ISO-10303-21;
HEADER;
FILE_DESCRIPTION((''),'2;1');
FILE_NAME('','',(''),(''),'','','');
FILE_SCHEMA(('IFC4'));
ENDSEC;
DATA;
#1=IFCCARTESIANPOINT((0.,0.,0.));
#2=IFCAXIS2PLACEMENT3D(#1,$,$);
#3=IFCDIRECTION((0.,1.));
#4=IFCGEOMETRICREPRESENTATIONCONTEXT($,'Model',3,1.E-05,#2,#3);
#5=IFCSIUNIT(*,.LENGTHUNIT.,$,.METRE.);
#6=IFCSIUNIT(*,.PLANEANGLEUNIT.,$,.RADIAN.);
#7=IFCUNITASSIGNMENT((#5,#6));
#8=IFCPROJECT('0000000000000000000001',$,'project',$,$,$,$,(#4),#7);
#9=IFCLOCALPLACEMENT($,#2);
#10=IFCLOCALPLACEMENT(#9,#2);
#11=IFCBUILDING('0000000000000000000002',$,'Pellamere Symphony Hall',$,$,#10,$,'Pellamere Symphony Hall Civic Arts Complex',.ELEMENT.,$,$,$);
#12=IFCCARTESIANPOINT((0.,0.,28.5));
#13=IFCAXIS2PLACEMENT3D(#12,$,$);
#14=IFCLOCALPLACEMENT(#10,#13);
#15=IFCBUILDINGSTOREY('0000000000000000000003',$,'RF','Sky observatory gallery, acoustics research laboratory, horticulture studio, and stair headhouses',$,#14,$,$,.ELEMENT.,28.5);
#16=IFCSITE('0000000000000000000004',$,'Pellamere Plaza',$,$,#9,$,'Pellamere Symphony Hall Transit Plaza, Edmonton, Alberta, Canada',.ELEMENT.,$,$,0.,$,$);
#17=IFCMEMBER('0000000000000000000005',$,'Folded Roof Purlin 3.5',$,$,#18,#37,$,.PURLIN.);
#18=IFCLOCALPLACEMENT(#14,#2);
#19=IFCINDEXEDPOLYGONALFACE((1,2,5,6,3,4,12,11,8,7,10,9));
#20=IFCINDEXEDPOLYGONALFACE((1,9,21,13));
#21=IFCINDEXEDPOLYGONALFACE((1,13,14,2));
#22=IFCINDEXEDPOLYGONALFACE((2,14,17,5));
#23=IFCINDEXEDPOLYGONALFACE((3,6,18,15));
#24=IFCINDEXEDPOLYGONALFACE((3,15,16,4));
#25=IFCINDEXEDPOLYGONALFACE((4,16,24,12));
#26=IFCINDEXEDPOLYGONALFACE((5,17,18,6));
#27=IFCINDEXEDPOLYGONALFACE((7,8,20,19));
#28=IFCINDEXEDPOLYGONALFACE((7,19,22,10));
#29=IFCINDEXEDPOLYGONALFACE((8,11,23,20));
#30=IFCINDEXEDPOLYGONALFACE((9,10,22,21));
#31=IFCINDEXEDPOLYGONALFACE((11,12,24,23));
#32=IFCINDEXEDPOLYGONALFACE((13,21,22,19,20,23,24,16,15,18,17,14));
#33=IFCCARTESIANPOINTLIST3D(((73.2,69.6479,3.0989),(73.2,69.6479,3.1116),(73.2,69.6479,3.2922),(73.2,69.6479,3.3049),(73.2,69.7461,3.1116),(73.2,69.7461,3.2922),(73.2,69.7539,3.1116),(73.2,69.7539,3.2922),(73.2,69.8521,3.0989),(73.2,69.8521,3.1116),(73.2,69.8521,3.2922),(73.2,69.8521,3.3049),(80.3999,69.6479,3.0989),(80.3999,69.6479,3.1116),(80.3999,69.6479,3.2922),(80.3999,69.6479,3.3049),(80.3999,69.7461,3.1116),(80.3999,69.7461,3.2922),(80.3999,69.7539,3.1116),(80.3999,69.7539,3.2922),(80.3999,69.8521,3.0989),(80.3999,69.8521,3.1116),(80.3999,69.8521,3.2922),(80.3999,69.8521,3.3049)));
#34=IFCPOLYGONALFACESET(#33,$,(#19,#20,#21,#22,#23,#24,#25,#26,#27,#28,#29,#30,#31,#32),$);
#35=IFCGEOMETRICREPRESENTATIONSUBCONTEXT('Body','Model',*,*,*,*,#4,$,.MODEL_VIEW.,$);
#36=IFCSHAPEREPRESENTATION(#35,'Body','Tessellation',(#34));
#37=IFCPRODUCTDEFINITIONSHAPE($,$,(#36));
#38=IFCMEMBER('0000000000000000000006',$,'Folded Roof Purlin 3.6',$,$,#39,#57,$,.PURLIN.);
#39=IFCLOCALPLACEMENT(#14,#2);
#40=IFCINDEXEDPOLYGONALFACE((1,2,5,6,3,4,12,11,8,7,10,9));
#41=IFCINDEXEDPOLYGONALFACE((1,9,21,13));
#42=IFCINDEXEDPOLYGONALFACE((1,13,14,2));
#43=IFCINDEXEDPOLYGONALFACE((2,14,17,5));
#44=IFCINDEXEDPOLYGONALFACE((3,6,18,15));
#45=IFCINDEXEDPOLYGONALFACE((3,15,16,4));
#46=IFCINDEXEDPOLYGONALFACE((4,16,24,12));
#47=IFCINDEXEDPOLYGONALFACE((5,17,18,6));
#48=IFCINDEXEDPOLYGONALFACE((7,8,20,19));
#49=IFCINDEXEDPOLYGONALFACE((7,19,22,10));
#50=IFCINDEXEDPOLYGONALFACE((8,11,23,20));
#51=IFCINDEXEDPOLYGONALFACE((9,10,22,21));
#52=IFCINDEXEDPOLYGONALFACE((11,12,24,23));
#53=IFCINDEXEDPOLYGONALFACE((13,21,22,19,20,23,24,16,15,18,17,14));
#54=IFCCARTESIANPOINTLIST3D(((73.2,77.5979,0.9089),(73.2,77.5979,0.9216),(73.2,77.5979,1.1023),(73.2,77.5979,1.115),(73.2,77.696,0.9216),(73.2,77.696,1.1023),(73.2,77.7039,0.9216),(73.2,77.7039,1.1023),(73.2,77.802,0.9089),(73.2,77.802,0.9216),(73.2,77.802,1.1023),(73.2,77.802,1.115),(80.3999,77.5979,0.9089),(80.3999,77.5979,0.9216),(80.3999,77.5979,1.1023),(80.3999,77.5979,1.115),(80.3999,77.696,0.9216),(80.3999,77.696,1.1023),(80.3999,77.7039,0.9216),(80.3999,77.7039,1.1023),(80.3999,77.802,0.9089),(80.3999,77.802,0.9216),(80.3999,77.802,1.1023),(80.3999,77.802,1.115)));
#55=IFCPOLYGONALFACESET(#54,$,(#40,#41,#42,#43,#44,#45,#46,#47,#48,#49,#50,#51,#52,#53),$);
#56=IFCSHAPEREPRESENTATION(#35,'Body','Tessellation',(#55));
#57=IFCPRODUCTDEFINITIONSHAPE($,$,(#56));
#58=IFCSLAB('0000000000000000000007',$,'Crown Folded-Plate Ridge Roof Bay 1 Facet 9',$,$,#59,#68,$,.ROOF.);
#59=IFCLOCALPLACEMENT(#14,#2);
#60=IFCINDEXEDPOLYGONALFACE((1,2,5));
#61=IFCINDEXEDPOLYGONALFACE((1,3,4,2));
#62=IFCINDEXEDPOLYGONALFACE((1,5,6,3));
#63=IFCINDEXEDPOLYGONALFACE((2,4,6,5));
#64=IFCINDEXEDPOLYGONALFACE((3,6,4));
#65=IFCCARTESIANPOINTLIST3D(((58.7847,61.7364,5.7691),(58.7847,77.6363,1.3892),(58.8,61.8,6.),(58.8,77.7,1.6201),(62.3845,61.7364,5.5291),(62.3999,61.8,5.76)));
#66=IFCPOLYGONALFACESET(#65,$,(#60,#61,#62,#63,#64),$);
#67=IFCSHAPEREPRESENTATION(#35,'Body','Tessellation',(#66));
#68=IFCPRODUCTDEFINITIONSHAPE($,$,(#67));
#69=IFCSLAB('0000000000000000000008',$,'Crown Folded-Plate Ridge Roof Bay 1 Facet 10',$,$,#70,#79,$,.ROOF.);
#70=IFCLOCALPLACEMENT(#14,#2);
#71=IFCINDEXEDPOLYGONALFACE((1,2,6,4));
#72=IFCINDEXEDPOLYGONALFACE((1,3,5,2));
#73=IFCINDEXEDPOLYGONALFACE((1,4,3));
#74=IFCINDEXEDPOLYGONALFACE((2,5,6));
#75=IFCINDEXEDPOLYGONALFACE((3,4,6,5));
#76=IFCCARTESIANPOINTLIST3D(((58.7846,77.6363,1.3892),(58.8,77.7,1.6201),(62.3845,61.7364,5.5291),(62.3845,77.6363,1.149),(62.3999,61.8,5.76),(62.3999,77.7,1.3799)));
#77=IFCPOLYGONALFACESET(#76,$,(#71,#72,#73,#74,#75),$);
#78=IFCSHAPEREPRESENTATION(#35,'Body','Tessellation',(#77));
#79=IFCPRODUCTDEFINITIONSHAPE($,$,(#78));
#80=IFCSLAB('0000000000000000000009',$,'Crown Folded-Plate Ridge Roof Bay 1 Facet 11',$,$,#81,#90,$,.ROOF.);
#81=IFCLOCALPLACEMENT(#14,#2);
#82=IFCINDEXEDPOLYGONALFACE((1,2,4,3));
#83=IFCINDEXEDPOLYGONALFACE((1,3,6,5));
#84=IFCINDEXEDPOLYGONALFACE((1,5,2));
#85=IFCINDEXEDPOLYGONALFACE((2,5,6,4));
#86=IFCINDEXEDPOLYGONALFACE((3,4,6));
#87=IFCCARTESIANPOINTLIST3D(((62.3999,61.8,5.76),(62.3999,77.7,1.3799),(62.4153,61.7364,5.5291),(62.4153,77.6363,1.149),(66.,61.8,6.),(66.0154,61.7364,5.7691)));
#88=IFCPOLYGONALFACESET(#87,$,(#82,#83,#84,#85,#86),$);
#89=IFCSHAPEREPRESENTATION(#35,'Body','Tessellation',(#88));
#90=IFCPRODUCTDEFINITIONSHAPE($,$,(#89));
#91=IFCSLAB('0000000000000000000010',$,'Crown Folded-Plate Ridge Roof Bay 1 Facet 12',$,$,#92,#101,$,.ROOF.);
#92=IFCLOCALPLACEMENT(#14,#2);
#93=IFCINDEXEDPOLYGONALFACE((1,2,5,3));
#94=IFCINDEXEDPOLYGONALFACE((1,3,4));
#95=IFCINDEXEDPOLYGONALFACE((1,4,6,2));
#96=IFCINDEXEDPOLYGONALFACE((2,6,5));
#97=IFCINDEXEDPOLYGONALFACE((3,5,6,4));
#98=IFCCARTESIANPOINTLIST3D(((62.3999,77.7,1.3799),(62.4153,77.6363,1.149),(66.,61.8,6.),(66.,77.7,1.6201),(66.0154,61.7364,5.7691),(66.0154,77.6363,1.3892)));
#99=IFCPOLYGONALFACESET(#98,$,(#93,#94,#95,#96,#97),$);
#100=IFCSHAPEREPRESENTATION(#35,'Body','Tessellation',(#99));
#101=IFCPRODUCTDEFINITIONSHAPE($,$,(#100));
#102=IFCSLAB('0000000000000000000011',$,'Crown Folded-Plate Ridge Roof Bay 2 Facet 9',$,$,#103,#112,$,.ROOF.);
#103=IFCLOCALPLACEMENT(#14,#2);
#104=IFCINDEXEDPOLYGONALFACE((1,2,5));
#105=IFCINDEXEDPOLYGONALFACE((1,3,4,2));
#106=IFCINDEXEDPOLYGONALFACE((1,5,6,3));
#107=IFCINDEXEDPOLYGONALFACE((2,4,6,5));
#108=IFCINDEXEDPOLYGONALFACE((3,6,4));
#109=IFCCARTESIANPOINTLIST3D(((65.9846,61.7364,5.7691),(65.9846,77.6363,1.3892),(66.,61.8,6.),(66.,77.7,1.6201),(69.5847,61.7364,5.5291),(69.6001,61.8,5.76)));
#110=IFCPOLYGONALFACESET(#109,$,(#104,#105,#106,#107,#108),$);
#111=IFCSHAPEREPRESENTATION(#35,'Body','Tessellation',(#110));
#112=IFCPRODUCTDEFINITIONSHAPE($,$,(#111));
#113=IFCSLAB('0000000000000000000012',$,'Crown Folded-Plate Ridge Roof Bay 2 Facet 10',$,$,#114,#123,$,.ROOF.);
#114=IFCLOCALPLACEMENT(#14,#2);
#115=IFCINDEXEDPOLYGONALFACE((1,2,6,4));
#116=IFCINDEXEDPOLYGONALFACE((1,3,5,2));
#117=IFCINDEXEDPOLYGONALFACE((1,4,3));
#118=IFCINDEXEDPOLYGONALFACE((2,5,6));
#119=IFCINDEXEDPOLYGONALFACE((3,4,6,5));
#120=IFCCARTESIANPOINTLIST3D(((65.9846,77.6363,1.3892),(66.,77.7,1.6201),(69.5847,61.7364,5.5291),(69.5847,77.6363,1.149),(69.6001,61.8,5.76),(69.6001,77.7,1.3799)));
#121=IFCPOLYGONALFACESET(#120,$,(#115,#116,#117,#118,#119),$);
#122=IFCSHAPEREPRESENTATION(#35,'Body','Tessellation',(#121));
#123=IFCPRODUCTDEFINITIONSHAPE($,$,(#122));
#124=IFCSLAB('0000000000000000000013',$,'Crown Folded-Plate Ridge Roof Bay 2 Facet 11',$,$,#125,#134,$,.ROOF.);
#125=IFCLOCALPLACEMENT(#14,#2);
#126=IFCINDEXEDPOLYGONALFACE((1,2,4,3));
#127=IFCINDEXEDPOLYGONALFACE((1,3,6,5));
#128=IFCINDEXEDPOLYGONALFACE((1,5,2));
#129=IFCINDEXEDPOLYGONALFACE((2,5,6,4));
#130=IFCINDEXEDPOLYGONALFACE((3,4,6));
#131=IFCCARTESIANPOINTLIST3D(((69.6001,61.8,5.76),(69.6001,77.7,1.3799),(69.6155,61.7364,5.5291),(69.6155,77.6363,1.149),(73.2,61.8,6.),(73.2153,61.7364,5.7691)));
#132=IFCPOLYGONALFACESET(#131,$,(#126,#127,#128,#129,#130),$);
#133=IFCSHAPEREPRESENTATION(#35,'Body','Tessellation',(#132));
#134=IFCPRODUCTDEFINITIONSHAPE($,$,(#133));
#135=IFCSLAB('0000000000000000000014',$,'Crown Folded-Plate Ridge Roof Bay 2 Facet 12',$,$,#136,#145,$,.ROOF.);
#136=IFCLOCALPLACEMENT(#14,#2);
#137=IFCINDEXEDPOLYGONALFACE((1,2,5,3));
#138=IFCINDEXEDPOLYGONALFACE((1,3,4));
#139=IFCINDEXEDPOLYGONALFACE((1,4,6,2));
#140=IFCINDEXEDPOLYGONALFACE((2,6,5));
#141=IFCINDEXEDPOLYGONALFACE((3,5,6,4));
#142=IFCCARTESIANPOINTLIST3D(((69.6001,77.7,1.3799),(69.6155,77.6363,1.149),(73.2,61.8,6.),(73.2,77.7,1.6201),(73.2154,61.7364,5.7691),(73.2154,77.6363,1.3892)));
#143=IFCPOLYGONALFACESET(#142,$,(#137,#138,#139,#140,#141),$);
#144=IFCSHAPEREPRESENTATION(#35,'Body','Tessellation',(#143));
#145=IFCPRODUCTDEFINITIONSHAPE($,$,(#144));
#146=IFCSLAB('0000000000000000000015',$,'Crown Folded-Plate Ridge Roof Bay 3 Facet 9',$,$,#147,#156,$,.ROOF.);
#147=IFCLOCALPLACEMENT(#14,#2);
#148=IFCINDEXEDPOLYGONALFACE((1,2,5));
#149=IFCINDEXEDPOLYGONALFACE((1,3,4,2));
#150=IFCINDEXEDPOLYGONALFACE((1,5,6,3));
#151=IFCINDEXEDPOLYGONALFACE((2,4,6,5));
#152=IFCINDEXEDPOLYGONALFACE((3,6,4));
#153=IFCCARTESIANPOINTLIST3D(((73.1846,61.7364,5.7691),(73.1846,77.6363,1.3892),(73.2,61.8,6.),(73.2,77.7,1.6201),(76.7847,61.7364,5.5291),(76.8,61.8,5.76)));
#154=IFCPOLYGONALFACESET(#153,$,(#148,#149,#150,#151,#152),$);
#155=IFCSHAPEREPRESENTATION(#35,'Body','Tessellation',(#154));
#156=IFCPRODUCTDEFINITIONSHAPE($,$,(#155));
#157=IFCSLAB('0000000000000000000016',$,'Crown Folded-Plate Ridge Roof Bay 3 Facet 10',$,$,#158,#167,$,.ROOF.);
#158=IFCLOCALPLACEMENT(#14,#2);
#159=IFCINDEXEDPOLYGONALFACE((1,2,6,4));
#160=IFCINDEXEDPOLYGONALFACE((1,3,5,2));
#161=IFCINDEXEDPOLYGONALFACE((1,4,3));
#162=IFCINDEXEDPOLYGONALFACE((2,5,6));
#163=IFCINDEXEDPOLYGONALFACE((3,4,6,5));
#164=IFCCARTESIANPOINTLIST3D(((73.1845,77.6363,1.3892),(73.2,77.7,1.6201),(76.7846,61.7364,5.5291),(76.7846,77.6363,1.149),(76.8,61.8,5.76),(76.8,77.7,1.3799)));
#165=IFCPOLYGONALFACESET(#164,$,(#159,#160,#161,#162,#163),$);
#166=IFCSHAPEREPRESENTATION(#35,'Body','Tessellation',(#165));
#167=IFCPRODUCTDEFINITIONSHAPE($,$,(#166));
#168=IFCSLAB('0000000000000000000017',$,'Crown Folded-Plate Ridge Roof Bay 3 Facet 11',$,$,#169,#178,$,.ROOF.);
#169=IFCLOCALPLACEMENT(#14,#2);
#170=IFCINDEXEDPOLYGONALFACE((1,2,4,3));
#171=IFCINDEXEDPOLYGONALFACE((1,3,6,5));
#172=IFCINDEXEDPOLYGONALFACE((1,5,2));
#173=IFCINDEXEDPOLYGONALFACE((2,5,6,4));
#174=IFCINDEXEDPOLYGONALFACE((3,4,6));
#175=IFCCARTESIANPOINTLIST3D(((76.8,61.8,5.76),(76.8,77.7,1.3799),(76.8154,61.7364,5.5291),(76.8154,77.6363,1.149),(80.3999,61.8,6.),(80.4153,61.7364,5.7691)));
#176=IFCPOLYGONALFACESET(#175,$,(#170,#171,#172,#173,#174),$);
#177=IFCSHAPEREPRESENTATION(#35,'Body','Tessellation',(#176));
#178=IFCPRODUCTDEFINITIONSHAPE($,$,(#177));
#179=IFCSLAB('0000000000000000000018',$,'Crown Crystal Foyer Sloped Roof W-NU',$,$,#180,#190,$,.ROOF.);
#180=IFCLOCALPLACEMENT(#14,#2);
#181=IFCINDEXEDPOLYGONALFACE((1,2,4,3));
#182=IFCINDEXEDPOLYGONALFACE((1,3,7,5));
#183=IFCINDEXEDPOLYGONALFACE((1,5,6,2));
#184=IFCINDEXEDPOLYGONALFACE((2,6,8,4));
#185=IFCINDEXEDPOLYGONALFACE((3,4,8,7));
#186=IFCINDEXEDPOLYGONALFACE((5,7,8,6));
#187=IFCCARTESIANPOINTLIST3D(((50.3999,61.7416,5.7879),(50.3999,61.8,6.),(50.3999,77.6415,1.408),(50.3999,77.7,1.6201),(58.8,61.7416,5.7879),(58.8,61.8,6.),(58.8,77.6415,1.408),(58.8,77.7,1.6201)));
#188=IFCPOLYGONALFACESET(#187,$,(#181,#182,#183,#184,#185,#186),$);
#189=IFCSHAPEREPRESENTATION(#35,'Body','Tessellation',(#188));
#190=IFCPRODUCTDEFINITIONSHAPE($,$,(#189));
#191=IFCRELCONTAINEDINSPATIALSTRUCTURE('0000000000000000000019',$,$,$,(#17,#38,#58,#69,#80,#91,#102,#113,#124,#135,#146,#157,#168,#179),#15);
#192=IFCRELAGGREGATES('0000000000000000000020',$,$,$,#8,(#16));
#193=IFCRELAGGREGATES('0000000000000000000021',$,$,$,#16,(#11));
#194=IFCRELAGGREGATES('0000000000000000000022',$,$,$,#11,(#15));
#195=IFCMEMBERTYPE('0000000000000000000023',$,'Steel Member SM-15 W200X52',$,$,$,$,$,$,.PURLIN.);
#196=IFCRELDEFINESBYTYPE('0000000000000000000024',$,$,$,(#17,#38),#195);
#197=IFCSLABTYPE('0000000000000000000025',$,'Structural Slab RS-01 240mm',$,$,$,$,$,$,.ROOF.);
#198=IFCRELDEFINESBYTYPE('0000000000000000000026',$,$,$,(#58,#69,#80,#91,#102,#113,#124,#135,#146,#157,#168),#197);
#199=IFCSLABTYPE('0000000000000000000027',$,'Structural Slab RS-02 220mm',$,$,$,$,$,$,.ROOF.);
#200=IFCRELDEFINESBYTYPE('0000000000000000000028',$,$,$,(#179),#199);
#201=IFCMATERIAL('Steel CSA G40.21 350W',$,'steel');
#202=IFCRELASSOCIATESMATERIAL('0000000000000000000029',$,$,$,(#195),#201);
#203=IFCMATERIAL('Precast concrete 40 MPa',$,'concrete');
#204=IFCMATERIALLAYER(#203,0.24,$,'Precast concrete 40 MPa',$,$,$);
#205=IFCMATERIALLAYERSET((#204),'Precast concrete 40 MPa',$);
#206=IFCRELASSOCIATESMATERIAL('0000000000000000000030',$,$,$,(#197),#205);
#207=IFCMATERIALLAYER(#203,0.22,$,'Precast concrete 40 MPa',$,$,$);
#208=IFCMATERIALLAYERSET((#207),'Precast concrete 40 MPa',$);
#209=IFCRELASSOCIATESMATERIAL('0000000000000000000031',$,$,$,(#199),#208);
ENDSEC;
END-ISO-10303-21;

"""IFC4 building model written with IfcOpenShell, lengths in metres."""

from ifc_helpers import new_model, si_unit, direction, frame, origin, origin_2d, place, context, subcontext, project, spatial, polyline, i_section, outline, extrude, material, layer, layer_set, material_profile, profile_set, type_object, element, save


model = new_model("IFC4")

# Units and contexts
model_context = context("Model", 3, precision=1e-05, world=origin(), true_north=direction((0.0, 1.0)))
body_context = subcontext(model_context, "Body", "Model", "MODEL_VIEW")
ifc_project = project(units=[si_unit("LENGTHUNIT", "METRE"), si_unit("PLANEANGLEUNIT", "RADIAN")], contexts=[model_context])

# Site, building, storey
site_placement = place(None, origin())
site = spatial("IfcSite", under=ifc_project, at=site_placement, Name="Pellamere Plaza", LongName="Pellamere Symphony Hall Transit Plaza, Edmonton, Alberta, Canada", CompositionType="ELEMENT", RefElevation=0.0)
building_placement = place(site_placement, origin())
building = spatial("IfcBuilding", under=site, at=building_placement, Name="Pellamere Symphony Hall", LongName="Pellamere Symphony Hall Civic Arts Complex", CompositionType="ELEMENT")
storey_placement = place(building_placement, frame((0.0, 0.0, 28.5)))
storey = spatial("IfcBuildingStorey", under=building, at=storey_placement, Name="RF", Description="Sky observatory gallery, acoustics research laboratory, horticulture studio, and stair headhouses", CompositionType="ELEMENT", Elevation=28.5)

# Shared definitions
ifc_material_1 = material(Name="Steel CSA G40.21 350W", Category="steel")

# Members
ifc_material_profile_1 = material_profile(ifc_material_1, i_section(OverallWidth=0.2041, OverallDepth=0.2061, WebThickness=0.0078, FlangeThickness=0.0127, at=origin_2d()), Name="W200X52")
ifc_profile_set_1 = profile_set([ifc_material_profile_1], Name="Steel CSA G40.21 350W")
member_type = type_object("IfcMemberType", Name="Steel Member SM-15 W200X52", PredefinedType="PURLIN", material=ifc_profile_set_1)
for number, where, z_axis, x_axis, name in (
    (1, (73.2, 69.75, 3.2019), (1.0, 0.0, 0.0), (0.0, 1.0, 0.0), "Folded Roof Purlin 3.5"),
    (2, (73.2, 77.7, 1.012), (1.0, 0.0, 0.0), (0.0, 1.0, 0.0), "Folded Roof Purlin 3.6"),
):
    element("IfcMember", number, at=place(storey_placement, frame(where, z_axis=z_axis, x_axis=x_axis)), inside=storey, type_object=member_type, Name=name, PredefinedType="PURLIN", context=body_context, shape_type="SweptSolid", body=[
        extrude(i_section(OverallWidth=0.2041, OverallDepth=0.2061, WebThickness=0.0078, FlangeThickness=0.0127, at=origin_2d()), origin(), (0.0, 0.0, 1.0), 7.2),
    ])

# Slabs
ifc_material_2 = material(Name="Precast concrete 40 MPa", Category="concrete")
ifc_layer_1 = layer(ifc_material_2, 0.24, Name="Precast concrete 40 MPa")
ifc_layer_set_1 = layer_set([ifc_layer_1], Name="Precast concrete 40 MPa")
slab_type_1 = type_object("IfcSlabType", Name="Structural Slab RS-01 240mm", PredefinedType="ROOF", material=ifc_layer_set_1)
slab_1_placement = place(storey_placement, frame((58.8, 61.8, 6.0), z_axis=(0.06414, 0.265027, 0.962105), x_axis=(0.997785, 0.0, -0.066519)))
element("IfcSlab", 3, at=slab_1_placement, inside=storey, type_object=slab_type_1, Name="Crown Folded-Plate Ridge Roof Bay 1 Facet 9", PredefinedType="ROOF", context=body_context, shape_type="SweptSolid", body=[
    extrude(outline(polyline([(0.0, 0.0), (3.6078, 0.0), (0.2913, 16.4896), (0.0, 0.0)])), origin(), (0.0, 0.0, -1.0), 0.24),
])
slab_2_placement = place(storey_placement, frame((62.3999, 61.8, 5.76), z_axis=(0.064205, 0.26504, 0.962097), x_axis=(0.0, 0.964087, -0.265588)))
element("IfcSlab", 4, at=slab_2_placement, inside=storey, type_object=slab_type_1, Name="Crown Folded-Plate Ridge Roof Bay 1 Facet 10", PredefinedType="ROOF", context=body_context, shape_type="SweptSolid", body=[
    extrude(outline(polyline([(0.0, 0.0), (16.4922, 0.0), (16.4284, 3.6073), (0.0, 0.0)])), origin(), (0.0, 0.0, -1.0), 0.24),
])
slab_3_placement = place(storey_placement, frame((62.3999, 61.8, 5.76), z_axis=(-0.064136, 0.265041, 0.962102), x_axis=(0.997785, 0.0, 0.066515)))
element("IfcSlab", 5, at=slab_3_placement, inside=storey, type_object=slab_type_1, Name="Crown Folded-Plate Ridge Roof Bay 1 Facet 11", PredefinedType="ROOF", context=body_context, shape_type="SweptSolid", body=[
    extrude(outline(polyline([(0.0, 0.0), (3.6081, 0.0), (-0.2913, 16.4896), (0.0, 0.0)])), origin(), (0.0, 0.0, -1.0), 0.24),
])
slab_4_placement = place(storey_placement, frame((66.0, 61.8, 6.0), z_axis=(-0.064201, 0.265026, 0.962102), x_axis=(0.0, 0.96409, -0.265574)))
element("IfcSlab", 6, at=slab_4_placement, inside=storey, type_object=slab_type_1, Name="Crown Folded-Plate Ridge Roof Bay 1 Facet 12", PredefinedType="ROOF", context=body_context, shape_type="SweptSolid", body=[
    extrude(outline(polyline([(0.0, 0.0), (16.4921, 0.0), (16.5559, 3.6075), (0.0, 0.0)])), origin(), (0.0, 0.0, -1.0), 0.24),
])
slab_5_placement = place(storey_placement, frame((66.0, 61.8, 6.0), z_axis=(0.064136, 0.265027, 0.962106), x_axis=(0.997785, 0.0, -0.066515)))
element("IfcSlab", 7, at=slab_5_placement, inside=storey, type_object=slab_type_1, Name="Crown Folded-Plate Ridge Roof Bay 2 Facet 9", PredefinedType="ROOF", context=body_context, shape_type="SweptSolid", body=[
    extrude(outline(polyline([(0.0, 0.0), (3.6081, 0.0), (0.2913, 16.4896), (0.0, 0.0)])), origin(), (0.0, 0.0, -1.0), 0.24),
])
slab_6_placement = place(storey_placement, frame((69.6001, 61.8, 5.76), z_axis=(0.064201, 0.26504, 0.962098), x_axis=(0.0, 0.964087, -0.265588)))
element("IfcSlab", 8, at=slab_6_placement, inside=storey, type_object=slab_type_1, Name="Crown Folded-Plate Ridge Roof Bay 2 Facet 10", PredefinedType="ROOF", context=body_context, shape_type="SweptSolid", body=[
    extrude(outline(polyline([(0.0, 0.0), (16.4922, 0.0), (16.4284, 3.6075), (0.0, 0.0)])), origin(), (0.0, 0.0, -1.0), 0.24),
])
slab_7_placement = place(storey_placement, frame((69.6001, 61.8, 5.76), z_axis=(-0.06414, 0.265041, 0.962101), x_axis=(0.997785, 0.0, 0.066519)))
element("IfcSlab", 9, at=slab_7_placement, inside=storey, type_object=slab_type_1, Name="Crown Folded-Plate Ridge Roof Bay 2 Facet 11", PredefinedType="ROOF", context=body_context, shape_type="SweptSolid", body=[
    extrude(outline(polyline([(0.0, 0.0), (3.6078, 0.0), (-0.2914, 16.4896), (0.0, 0.0)])), origin(), (0.0, 0.0, -1.0), 0.24),
])
slab_8_placement = place(storey_placement, frame((73.2, 61.8, 6.0), z_axis=(-0.064205, 0.265026, 0.962101), x_axis=(0.0, 0.96409, -0.265574)))
element("IfcSlab", 10, at=slab_8_placement, inside=storey, type_object=slab_type_1, Name="Crown Folded-Plate Ridge Roof Bay 2 Facet 12", PredefinedType="ROOF", context=body_context, shape_type="SweptSolid", body=[
    extrude(outline(polyline([(0.0, 0.0), (16.4921, 0.0), (16.5559, 3.6073), (0.0, 0.0)])), origin(), (0.0, 0.0, -1.0), 0.24),
])
slab_9_placement = place(storey_placement, frame((73.2, 61.8, 6.0), z_axis=(0.064136, 0.265027, 0.962106), x_axis=(0.997785, 0.0, -0.066515)))
element("IfcSlab", 11, at=slab_9_placement, inside=storey, type_object=slab_type_1, Name="Crown Folded-Plate Ridge Roof Bay 3 Facet 9", PredefinedType="ROOF", context=body_context, shape_type="SweptSolid", body=[
    extrude(outline(polyline([(0.0, 0.0), (3.6081, 0.0), (0.2913, 16.4896), (0.0, 0.0)])), origin(), (0.0, 0.0, -1.0), 0.24),
])
slab_10_placement = place(storey_placement, frame((76.8, 61.8, 5.76), z_axis=(0.064201, 0.26504, 0.962098), x_axis=(0.0, 0.964087, -0.265588)))
element("IfcSlab", 12, at=slab_10_placement, inside=storey, type_object=slab_type_1, Name="Crown Folded-Plate Ridge Roof Bay 3 Facet 10", PredefinedType="ROOF", context=body_context, shape_type="SweptSolid", body=[
    extrude(outline(polyline([(0.0, 0.0), (16.4922, 0.0), (16.4284, 3.6075), (0.0, 0.0)])), origin(), (0.0, 0.0, -1.0), 0.24),
])
slab_11_placement = place(storey_placement, frame((76.8, 61.8, 5.76), z_axis=(-0.06414, 0.265041, 0.962101), x_axis=(0.997785, 0.0, 0.066519)))
element("IfcSlab", 13, at=slab_11_placement, inside=storey, type_object=slab_type_1, Name="Crown Folded-Plate Ridge Roof Bay 3 Facet 11", PredefinedType="ROOF", context=body_context, shape_type="SweptSolid", body=[
    extrude(outline(polyline([(0.0, 0.0), (3.6078, 0.0), (-0.2914, 16.4896), (0.0, 0.0)])), origin(), (0.0, 0.0, -1.0), 0.24),
])
ifc_layer_2 = layer(ifc_material_2, 0.22, Name="Precast concrete 40 MPa")
ifc_layer_set_2 = layer_set([ifc_layer_2], Name="Precast concrete 40 MPa")
slab_type_2 = type_object("IfcSlabType", Name="Structural Slab RS-02 220mm", PredefinedType="ROOF", material=ifc_layer_set_2)
slab_12_placement = place(storey_placement, frame((50.3999, 61.8, 6.0), z_axis=(0.0, 0.265574, 0.96409), x_axis=(1.0, 0.0, 0.0)))
element("IfcSlab", 14, at=slab_12_placement, inside=storey, type_object=slab_type_2, Name="Crown Crystal Foyer Sloped Roof W-NU", PredefinedType="ROOF", context=body_context, shape_type="SweptSolid", body=[
    extrude(outline(polyline([(0.0, 0.0), (8.4001, 0.0), (8.4001, 16.4921), (0.0, 16.4921), (0.0, 0.0)])), origin(), (0.0, 0.0, -1.0), 0.22),
])

save(model, "model.ifc")
